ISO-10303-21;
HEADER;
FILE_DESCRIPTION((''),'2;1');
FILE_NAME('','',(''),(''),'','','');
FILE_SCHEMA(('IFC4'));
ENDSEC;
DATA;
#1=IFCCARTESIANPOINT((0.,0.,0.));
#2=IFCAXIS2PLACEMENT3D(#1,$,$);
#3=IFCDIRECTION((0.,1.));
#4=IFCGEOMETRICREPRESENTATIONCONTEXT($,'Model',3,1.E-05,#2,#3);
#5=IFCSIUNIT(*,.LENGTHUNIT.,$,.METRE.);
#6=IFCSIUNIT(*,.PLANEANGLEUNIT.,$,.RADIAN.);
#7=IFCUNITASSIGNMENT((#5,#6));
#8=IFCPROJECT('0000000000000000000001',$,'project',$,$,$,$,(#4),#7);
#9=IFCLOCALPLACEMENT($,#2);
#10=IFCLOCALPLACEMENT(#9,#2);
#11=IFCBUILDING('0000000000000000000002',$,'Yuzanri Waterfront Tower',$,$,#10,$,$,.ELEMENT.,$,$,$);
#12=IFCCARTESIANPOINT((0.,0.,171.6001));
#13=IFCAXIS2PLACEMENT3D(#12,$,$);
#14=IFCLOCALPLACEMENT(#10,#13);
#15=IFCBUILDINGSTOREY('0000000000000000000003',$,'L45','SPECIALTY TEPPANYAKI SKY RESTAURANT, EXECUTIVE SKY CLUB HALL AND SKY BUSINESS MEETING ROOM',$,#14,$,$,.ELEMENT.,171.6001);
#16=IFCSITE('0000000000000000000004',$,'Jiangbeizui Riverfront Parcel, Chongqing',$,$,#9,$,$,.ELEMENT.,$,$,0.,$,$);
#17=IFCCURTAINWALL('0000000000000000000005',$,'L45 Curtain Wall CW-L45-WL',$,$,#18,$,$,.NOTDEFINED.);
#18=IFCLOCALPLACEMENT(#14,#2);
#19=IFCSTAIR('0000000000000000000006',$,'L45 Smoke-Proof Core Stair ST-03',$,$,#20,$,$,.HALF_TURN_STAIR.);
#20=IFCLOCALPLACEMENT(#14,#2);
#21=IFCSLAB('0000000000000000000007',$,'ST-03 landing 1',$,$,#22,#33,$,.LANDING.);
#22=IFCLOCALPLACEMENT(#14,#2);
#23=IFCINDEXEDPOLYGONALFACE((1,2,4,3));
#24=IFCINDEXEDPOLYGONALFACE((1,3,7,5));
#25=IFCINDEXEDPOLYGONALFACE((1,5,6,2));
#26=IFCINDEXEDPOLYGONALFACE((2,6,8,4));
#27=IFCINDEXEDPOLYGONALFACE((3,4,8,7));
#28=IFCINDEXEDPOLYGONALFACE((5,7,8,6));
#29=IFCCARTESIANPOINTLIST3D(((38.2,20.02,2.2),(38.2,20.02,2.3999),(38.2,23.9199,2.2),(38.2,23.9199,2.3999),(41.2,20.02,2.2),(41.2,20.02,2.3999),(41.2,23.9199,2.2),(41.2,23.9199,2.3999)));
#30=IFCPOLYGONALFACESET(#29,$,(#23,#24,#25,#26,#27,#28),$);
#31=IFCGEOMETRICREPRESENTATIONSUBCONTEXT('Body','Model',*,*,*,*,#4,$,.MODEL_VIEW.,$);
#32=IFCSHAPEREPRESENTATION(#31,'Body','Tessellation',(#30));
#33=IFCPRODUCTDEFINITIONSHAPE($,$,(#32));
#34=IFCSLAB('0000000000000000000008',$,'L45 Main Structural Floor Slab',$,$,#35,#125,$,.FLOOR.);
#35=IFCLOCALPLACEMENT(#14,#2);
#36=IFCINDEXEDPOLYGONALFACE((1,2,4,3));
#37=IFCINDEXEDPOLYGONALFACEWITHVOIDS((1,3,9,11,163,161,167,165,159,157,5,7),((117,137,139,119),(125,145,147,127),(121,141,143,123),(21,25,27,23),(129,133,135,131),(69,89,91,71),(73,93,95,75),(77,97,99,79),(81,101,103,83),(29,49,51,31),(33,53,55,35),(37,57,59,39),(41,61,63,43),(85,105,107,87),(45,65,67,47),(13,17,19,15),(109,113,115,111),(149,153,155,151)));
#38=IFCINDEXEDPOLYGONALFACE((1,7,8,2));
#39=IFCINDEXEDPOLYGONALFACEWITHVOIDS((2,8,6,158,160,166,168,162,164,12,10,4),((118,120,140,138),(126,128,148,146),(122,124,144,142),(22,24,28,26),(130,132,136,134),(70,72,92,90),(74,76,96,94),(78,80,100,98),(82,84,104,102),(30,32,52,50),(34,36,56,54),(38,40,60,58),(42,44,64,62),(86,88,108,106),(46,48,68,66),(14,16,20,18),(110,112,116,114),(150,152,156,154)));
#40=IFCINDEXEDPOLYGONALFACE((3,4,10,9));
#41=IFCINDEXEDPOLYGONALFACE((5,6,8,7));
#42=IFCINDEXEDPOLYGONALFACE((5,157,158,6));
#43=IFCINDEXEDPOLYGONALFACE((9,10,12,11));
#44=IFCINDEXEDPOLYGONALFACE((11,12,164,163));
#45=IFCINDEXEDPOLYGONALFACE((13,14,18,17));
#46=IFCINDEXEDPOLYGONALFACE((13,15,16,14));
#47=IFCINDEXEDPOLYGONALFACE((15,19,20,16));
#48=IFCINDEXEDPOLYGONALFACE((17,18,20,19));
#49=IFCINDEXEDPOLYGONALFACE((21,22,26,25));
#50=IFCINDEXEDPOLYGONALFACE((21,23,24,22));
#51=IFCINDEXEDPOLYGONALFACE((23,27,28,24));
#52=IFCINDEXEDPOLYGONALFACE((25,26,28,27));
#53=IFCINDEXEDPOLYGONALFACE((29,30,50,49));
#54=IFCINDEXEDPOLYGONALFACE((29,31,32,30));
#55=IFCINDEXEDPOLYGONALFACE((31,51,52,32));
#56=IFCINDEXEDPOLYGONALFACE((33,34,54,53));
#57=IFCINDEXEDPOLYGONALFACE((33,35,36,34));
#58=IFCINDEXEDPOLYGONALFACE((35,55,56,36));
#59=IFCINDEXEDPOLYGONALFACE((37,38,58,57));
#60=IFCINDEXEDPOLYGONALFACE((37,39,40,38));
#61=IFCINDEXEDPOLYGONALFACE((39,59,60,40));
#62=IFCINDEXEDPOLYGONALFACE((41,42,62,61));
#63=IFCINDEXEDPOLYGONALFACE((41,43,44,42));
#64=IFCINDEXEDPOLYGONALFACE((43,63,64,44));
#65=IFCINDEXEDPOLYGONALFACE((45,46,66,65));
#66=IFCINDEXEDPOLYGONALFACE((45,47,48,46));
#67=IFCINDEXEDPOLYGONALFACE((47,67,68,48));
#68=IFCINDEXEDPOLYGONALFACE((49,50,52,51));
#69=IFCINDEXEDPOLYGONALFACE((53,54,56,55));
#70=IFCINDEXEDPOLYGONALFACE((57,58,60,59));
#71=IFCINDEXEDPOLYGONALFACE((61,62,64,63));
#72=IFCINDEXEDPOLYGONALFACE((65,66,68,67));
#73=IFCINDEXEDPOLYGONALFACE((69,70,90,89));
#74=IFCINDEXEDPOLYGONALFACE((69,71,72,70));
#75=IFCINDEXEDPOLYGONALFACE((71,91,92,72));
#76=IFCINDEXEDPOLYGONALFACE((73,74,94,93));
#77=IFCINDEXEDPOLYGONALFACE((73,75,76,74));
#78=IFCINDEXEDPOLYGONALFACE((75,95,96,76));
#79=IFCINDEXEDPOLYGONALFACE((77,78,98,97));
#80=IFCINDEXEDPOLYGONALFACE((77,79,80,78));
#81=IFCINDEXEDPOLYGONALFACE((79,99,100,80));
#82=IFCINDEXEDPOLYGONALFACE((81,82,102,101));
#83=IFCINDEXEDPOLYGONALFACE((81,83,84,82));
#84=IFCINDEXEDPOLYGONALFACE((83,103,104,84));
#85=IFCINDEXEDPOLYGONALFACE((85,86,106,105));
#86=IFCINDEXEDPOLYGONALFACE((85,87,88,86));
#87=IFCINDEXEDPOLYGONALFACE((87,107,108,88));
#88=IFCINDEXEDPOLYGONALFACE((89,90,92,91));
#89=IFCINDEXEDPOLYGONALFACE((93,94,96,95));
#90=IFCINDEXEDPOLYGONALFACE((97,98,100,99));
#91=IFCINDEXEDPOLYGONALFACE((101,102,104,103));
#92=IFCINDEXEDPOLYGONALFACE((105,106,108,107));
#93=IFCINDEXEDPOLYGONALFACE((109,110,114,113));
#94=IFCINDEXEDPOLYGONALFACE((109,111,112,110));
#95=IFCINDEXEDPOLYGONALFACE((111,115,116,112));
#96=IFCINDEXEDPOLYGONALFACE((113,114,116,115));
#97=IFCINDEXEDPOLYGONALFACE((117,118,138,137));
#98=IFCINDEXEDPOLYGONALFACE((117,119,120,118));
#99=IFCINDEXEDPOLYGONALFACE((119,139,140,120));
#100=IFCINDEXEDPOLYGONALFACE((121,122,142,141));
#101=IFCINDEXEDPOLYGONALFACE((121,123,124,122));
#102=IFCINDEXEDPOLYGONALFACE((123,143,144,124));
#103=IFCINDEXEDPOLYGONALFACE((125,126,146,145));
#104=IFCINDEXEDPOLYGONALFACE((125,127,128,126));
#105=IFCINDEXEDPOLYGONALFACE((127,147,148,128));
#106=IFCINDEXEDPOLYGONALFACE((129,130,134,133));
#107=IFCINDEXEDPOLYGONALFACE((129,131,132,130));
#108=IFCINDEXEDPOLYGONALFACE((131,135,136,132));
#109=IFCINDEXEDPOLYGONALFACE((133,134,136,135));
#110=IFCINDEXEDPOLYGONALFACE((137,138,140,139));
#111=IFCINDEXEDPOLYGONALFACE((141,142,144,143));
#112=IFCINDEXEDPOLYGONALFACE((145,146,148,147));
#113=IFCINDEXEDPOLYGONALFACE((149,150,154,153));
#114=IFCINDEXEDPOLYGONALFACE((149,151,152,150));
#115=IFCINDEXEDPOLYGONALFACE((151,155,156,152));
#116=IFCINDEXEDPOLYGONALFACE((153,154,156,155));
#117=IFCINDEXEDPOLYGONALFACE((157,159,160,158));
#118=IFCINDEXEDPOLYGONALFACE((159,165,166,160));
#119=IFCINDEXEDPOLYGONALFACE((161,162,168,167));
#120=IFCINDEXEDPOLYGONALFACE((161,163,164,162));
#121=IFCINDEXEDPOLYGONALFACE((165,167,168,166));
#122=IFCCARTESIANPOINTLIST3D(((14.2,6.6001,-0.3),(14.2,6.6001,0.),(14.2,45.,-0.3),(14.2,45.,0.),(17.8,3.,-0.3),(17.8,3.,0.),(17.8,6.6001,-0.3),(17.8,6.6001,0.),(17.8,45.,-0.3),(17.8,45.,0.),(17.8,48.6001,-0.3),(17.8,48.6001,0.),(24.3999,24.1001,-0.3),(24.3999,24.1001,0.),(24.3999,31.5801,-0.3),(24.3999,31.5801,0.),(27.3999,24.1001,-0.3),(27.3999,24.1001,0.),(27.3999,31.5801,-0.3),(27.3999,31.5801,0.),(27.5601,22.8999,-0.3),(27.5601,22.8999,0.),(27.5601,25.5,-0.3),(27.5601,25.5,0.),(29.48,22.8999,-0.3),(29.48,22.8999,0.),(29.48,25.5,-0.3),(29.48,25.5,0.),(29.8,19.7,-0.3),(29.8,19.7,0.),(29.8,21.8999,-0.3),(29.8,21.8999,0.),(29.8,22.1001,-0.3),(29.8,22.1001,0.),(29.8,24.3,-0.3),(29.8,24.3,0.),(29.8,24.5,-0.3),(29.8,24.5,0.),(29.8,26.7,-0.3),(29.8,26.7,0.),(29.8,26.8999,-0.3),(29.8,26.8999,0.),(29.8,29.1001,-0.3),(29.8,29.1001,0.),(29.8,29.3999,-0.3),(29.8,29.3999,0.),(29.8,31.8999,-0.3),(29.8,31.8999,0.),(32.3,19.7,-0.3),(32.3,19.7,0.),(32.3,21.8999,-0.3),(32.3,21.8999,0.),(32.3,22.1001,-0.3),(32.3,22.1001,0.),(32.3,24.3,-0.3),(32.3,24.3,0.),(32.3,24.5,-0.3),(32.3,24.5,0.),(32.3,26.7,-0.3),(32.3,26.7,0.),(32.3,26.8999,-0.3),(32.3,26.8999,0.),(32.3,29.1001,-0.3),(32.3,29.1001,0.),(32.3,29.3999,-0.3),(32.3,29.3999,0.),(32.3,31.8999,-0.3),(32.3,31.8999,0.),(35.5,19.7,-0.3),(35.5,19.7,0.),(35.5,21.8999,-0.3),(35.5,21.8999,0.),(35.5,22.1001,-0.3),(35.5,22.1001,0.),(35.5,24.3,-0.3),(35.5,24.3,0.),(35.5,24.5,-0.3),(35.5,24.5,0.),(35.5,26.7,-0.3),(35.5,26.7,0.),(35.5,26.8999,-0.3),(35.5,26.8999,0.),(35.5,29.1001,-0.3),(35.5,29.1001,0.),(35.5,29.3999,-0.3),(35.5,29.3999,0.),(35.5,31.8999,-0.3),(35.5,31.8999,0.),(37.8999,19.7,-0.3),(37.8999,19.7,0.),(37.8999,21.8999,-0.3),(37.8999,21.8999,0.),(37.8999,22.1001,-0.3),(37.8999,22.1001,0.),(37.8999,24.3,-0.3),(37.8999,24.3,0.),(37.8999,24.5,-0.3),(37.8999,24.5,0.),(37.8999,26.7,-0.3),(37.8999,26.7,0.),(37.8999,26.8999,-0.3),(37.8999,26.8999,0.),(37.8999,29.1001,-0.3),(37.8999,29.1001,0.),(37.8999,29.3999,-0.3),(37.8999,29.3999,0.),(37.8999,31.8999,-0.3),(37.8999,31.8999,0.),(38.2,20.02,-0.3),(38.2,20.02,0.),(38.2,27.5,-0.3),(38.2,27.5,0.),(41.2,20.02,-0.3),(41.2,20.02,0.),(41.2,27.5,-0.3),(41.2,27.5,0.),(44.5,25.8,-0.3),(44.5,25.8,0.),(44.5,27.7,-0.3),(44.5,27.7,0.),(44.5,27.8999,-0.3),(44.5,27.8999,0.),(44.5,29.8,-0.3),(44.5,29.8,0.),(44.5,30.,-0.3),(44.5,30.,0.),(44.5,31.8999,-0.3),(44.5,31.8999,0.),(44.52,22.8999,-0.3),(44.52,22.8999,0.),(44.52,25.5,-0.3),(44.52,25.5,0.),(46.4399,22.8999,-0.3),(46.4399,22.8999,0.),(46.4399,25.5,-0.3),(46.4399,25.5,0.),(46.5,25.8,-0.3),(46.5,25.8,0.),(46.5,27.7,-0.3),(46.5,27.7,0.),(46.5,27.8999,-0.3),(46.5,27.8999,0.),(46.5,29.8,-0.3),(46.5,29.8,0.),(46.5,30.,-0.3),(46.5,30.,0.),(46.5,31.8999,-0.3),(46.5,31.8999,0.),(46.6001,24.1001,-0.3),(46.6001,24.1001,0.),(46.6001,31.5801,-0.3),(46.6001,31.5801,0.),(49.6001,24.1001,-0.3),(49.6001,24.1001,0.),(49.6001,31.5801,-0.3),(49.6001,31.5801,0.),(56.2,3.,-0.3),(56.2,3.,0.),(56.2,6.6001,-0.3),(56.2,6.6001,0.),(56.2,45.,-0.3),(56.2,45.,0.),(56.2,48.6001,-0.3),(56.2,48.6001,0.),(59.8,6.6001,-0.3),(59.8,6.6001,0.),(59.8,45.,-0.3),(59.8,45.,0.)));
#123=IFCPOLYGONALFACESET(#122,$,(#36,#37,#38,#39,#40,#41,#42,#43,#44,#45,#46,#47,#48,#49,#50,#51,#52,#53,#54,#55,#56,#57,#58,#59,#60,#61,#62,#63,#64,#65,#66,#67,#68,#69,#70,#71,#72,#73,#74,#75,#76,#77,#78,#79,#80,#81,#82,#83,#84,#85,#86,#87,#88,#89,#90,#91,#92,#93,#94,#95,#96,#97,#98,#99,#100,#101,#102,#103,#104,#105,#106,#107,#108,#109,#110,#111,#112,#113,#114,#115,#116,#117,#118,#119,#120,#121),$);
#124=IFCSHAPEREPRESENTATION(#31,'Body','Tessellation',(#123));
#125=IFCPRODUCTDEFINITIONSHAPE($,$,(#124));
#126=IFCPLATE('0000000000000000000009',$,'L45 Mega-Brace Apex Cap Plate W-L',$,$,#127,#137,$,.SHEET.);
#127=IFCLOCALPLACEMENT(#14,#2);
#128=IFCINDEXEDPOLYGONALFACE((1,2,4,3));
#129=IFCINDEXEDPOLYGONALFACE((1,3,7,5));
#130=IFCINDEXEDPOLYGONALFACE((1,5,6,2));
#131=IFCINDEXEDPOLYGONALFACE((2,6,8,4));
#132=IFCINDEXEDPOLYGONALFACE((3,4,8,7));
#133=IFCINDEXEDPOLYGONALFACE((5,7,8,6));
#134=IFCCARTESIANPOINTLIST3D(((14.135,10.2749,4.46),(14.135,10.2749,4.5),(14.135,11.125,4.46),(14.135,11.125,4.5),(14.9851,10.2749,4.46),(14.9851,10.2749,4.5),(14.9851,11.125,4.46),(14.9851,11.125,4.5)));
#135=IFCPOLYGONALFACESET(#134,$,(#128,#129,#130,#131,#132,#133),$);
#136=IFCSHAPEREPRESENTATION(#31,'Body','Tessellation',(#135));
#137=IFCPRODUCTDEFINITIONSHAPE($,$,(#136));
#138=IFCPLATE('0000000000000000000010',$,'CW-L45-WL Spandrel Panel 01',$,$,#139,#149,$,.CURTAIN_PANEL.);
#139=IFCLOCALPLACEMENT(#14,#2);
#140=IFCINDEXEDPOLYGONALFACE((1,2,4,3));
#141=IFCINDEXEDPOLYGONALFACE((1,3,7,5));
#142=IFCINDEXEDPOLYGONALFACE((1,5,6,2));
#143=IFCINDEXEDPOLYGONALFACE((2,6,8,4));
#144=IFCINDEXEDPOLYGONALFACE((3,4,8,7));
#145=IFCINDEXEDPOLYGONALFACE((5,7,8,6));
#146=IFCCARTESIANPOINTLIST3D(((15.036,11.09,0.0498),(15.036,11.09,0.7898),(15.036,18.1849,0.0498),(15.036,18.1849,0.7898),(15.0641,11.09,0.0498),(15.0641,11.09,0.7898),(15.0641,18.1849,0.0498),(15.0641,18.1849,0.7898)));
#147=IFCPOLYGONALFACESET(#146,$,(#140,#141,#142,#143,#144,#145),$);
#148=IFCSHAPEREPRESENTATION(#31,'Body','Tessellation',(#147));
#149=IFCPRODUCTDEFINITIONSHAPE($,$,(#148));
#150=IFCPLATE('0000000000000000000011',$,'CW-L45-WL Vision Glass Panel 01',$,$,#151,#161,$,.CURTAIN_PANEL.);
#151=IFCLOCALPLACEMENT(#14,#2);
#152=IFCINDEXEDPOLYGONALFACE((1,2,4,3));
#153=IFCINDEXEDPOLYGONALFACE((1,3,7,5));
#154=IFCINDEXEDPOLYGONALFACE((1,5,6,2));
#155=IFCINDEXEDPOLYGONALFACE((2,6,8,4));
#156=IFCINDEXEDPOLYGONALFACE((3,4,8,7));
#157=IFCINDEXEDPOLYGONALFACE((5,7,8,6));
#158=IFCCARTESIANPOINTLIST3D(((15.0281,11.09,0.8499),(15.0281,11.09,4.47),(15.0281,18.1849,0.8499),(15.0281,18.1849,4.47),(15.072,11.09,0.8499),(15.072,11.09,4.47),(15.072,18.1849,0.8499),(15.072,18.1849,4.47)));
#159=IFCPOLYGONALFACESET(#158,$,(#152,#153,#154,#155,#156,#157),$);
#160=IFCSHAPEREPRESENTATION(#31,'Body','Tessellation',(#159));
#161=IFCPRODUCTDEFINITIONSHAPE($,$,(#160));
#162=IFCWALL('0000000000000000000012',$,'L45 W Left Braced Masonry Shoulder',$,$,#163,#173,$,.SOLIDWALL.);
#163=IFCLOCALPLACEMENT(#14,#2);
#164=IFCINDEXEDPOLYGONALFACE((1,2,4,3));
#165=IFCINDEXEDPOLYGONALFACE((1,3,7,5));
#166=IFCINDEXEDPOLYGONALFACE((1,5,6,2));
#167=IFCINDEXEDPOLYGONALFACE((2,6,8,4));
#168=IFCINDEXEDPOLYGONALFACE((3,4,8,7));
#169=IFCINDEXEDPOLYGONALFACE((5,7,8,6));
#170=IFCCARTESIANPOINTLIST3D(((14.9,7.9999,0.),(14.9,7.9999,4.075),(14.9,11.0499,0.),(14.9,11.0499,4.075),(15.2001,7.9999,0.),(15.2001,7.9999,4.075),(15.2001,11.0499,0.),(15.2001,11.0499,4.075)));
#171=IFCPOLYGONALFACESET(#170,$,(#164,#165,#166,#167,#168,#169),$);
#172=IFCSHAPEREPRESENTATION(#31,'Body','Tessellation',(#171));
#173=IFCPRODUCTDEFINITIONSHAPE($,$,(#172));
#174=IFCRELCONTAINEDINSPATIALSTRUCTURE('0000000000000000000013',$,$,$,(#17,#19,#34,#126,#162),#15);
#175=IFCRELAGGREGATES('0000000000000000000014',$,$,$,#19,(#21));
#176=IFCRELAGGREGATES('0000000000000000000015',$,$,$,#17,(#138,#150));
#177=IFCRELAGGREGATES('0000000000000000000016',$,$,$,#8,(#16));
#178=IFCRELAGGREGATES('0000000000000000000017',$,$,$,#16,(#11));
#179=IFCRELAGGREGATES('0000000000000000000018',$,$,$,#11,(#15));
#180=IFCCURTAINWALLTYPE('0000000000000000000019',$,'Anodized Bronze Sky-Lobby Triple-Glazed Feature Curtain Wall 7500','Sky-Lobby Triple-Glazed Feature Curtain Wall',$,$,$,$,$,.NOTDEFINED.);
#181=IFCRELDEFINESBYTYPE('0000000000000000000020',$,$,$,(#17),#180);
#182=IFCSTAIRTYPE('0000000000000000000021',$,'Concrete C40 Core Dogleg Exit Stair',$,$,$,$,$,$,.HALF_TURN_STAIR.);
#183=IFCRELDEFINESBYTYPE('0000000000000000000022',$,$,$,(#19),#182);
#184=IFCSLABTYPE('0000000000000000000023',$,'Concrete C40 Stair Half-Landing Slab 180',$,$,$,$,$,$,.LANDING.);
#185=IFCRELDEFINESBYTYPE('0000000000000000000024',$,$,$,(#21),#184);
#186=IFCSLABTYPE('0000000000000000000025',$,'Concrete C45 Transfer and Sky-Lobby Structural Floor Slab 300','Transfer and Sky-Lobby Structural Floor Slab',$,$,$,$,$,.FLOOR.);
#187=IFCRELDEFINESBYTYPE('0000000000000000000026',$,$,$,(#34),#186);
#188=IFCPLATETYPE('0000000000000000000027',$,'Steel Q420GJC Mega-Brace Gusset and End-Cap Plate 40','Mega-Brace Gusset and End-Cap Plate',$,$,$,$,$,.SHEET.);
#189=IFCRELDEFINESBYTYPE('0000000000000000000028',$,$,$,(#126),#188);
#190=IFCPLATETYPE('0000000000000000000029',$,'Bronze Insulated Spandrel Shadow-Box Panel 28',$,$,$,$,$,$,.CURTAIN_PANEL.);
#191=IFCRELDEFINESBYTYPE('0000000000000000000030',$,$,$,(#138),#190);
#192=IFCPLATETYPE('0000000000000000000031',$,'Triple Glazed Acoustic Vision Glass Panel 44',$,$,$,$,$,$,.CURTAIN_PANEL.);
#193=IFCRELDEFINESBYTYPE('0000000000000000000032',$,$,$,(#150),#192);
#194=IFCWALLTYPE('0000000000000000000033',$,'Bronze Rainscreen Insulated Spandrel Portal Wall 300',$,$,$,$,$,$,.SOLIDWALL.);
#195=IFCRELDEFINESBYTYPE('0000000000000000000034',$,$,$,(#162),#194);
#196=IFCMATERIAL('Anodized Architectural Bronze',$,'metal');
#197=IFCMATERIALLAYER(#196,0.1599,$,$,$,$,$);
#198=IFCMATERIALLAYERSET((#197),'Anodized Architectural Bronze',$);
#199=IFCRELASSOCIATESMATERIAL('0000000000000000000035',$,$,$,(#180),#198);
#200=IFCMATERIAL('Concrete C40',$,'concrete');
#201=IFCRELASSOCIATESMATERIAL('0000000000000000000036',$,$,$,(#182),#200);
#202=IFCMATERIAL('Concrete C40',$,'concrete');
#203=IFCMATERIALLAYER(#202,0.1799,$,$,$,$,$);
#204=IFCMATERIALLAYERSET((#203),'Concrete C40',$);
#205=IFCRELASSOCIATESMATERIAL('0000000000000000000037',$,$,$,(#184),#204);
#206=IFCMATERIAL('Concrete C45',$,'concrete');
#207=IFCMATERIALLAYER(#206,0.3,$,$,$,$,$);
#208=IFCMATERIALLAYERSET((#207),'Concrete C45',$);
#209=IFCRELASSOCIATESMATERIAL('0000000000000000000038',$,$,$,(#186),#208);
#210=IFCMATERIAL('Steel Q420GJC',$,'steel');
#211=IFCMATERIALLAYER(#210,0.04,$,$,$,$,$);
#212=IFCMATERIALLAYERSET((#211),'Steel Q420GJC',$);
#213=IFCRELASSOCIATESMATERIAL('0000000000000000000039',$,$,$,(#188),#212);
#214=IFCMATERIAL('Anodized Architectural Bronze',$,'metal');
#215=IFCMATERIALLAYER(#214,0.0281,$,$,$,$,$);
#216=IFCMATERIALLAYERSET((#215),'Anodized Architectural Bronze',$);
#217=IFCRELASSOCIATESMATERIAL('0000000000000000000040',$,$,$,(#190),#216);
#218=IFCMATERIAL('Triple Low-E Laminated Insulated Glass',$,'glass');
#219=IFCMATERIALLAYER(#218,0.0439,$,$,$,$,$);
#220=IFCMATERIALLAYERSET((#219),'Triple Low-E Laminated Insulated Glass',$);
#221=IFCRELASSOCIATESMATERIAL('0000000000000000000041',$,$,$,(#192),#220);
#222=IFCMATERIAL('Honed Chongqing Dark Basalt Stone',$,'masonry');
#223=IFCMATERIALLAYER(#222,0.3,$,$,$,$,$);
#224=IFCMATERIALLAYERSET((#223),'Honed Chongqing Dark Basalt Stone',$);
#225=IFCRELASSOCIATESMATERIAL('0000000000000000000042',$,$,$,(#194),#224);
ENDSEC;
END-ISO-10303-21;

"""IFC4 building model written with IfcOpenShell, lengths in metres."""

from ifc_helpers import new_model, si_unit, direction, frame, frame_2d, origin, origin_2d, place, context, subcontext, project, spatial, polyline, rectangle, outline, extrude, source, transform, mapped, material, layer, layer_set, type_object, element, aggregate, save


model = new_model("IFC4")

# Units and contexts
model_context = context("Model", 3, precision=1e-05, world=origin(), true_north=direction((0.0, 1.0)))
body_context = subcontext(model_context, "Body", "Model", "MODEL_VIEW")
ifc_project = project(units=[si_unit("LENGTHUNIT", "METRE"), si_unit("PLANEANGLEUNIT", "RADIAN")], contexts=[model_context])

# Site, building, storey
site_placement = place(None, origin())
site = spatial("IfcSite", under=ifc_project, at=site_placement, Name="Jiangbeizui Riverfront Parcel, Chongqing", CompositionType="ELEMENT", RefElevation=0.0)
building_placement = place(site_placement, origin())
building = spatial("IfcBuilding", under=site, at=building_placement, Name="Yuzanri Waterfront Tower", CompositionType="ELEMENT")
storey_placement = place(building_placement, frame((0.0, 0.0, 171.6001)))
storey = spatial("IfcBuildingStorey", under=building, at=storey_placement, Name="L45", Description="SPECIALTY TEPPANYAKI SKY RESTAURANT, EXECUTIVE SKY CLUB HALL AND SKY BUSINESS MEETING ROOM", CompositionType="ELEMENT", Elevation=171.6001)

# Curtain wall
ifc_material_1 = material(Name="Anodized Architectural Bronze", Category="metal")
ifc_layer_1 = layer(ifc_material_1, 0.1599)
ifc_layer_set_1 = layer_set([ifc_layer_1], Name="Anodized Architectural Bronze")
curtain_wall_type = type_object("IfcCurtainWallType", Name="Anodized Bronze Sky-Lobby Triple-Glazed Feature Curtain Wall 7500", Description="Sky-Lobby Triple-Glazed Feature Curtain Wall", PredefinedType="NOTDEFINED", material=ifc_layer_set_1)
curtain_wall_placement = place(storey_placement, origin())
curtain_wall = element("IfcCurtainWall", 1, at=curtain_wall_placement, inside=storey, type_object=curtain_wall_type, Name="L45 Curtain Wall CW-L45-WL", PredefinedType="NOTDEFINED")

# Stair, slab
ifc_material_2 = material(Name="Concrete C40", Category="concrete")
stair_type = type_object("IfcStairType", Name="Concrete C40 Core Dogleg Exit Stair", PredefinedType="HALF_TURN_STAIR", material=ifc_material_2)
ifc_material_3 = material(Name="Concrete C40", Category="concrete")
ifc_layer_2 = layer(ifc_material_3, 0.1799)
ifc_layer_set_2 = layer_set([ifc_layer_2], Name="Concrete C40")
slab_type_1 = type_object("IfcSlabType", Name="Concrete C40 Stair Half-Landing Slab 180", PredefinedType="LANDING", material=ifc_layer_set_2)
stair_1_placement = place(storey_placement, origin())
stair_1 = element("IfcStair", 2, at=stair_1_placement, inside=storey, type_object=stair_type, Name="L45 Smoke-Proof Core Stair ST-03", PredefinedType="HALF_TURN_STAIR")
slab_1_placement = place(storey_placement, frame((0.0, 0.0, 2.2)))
slab_1 = element("IfcSlab", 3, at=slab_1_placement, type_object=slab_type_1, Name="ST-03 landing 1", PredefinedType="LANDING", context=body_context, shape_type="SweptSolid", body=[
    extrude(outline(polyline([(38.2, 23.9199), (38.2, 20.02), (41.2, 20.02), (41.2, 23.9199), (38.2, 23.9199)])), origin(), (0.0, 0.0, 1.0), 0.2),
])
aggregate(stair_1, [slab_1])

# Slab
ifc_material_4 = material(Name="Concrete C45", Category="concrete")
ifc_layer_3 = layer(ifc_material_4, 0.3)
ifc_layer_set_3 = layer_set([ifc_layer_3], Name="Concrete C45")
slab_type_2 = type_object("IfcSlabType", Name="Concrete C45 Transfer and Sky-Lobby Structural Floor Slab 300", Description="Transfer and Sky-Lobby Structural Floor Slab", PredefinedType="FLOOR", material=ifc_layer_set_3)
slab_2_placement = place(storey_placement, frame((0.0, 0.0, -0.3)))
element("IfcSlab", 4, at=slab_2_placement, inside=storey, type_object=slab_type_2, Name="L45 Main Structural Floor Slab", PredefinedType="FLOOR", context=body_context, shape_type="SweptSolid", body=[
    extrude(outline(polyline([(17.8, 3.0), (56.2, 3.0), (56.2, 6.6001), (59.8, 6.6001), (59.8, 45.0), (56.2, 45.0), (56.2, 48.6001), (17.8, 48.6001), (17.8, 45.0), (14.2, 45.0), (14.2, 6.6001), (17.8, 6.6001), (17.8, 3.0)]), holes=[polyline([(27.3999, 24.1001), (27.3999, 31.5801), (24.3999, 31.5801), (24.3999, 24.1001), (27.3999, 24.1001)]), polyline([(49.6001, 24.1001), (49.6001, 31.5801), (46.6001, 31.5801), (46.6001, 24.1001), (49.6001, 24.1001)]), polyline([(38.2, 27.5), (38.2, 20.02), (41.2, 20.02), (41.2, 27.5), (38.2, 27.5)]), polyline([(27.5601, 22.8999), (29.48, 22.8999), (29.48, 25.5), (27.5601, 25.5), (27.5601, 22.8999)]), polyline([(44.52, 22.8999), (46.4399, 22.8999), (46.4399, 25.5), (44.52, 25.5), (44.52, 22.8999)]), polyline([(29.8, 19.7), (32.3, 19.7), (32.3, 21.8999), (29.8, 21.8999), (29.8, 19.7)]), polyline([(29.8, 22.1001), (32.3, 22.1001), (32.3, 24.3), (29.8, 24.3), (29.8, 22.1001)]), polyline([(29.8, 24.5), (32.3, 24.5), (32.3, 26.7), (29.8, 26.7), (29.8, 24.5)]), polyline([(29.8, 26.8999), (32.3, 26.8999), (32.3, 29.1001), (29.8, 29.1001), (29.8, 26.8999)]), polyline([(29.8, 29.3999), (32.3, 29.3999), (32.3, 31.8999), (29.8, 31.8999), (29.8, 29.3999)]), polyline([(35.5, 19.7), (37.8999, 19.7), (37.8999, 21.8999), (35.5, 21.8999), (35.5, 19.7)]), polyline([(35.5, 22.1001), (37.8999, 22.1001), (37.8999, 24.3), (35.5, 24.3), (35.5, 22.1001)]), polyline([(35.5, 24.5), (37.8999, 24.5), (37.8999, 26.7), (35.5, 26.7), (35.5, 24.5)]), polyline([(35.5, 26.8999), (37.8999, 26.8999), (37.8999, 29.1001), (35.5, 29.1001), (35.5, 26.8999)]), polyline([(35.5, 29.3999), (37.8999, 29.3999), (37.8999, 31.8999), (35.5, 31.8999), (35.5, 29.3999)]), polyline([(44.5, 25.8), (46.5, 25.8), (46.5, 27.7), (44.5, 27.7), (44.5, 25.8)]), polyline([(44.5, 27.8999), (46.5, 27.8999), (46.5, 29.8), (44.5, 29.8), (44.5, 27.8999)]), polyline([(44.5, 30.0), (46.5, 30.0), (46.5, 31.8999), (44.5, 31.8999), (44.5, 30.0)])]), origin(), (0.0, 0.0, 1.0), 0.3),
])

# Plates
ifc_material_5 = material(Name="Steel Q420GJC", Category="steel")
ifc_layer_4 = layer(ifc_material_5, 0.04)
ifc_layer_set_4 = layer_set([ifc_layer_4], Name="Steel Q420GJC")
plate_type_1 = type_object("IfcPlateType", Name="Steel Q420GJC Mega-Brace Gusset and End-Cap Plate 40", Description="Mega-Brace Gusset and End-Cap Plate", PredefinedType="SHEET", material=ifc_layer_set_4)
shared_shape_1 = source(origin(), body_context, "Body", "SweptSolid", [
    extrude(rectangle(XDim=0.8501, YDim=0.8501, at=origin_2d()), origin(), (0.0, 0.0, 1.0), 0.04),
])
plate_1_placement = place(storey_placement, frame((14.5601, 10.7, 4.46), z_axis=(0.0, 0.0, 1.0), x_axis=(1.0, 0.0, 0.0)))
element("IfcPlate", 5, at=plate_1_placement, inside=storey, type_object=plate_type_1, Name="L45 Mega-Brace Apex Cap Plate W-L", PredefinedType="SHEET", context=body_context, shape_type="MappedRepresentation", body=[
    mapped(shared_shape_1, transform((0.0, 0.0, 0.0), scale=1.0)),
])
ifc_material_6 = material(Name="Anodized Architectural Bronze", Category="metal")
ifc_layer_5 = layer(ifc_material_6, 0.0281)
ifc_layer_set_5 = layer_set([ifc_layer_5], Name="Anodized Architectural Bronze")
plate_type_2 = type_object("IfcPlateType", Name="Bronze Insulated Spandrel Shadow-Box Panel 28", PredefinedType="CURTAIN_PANEL", material=ifc_layer_set_5)
shared_shape_2 = source(origin(), body_context, "Body", "SweptSolid", [
    extrude(rectangle(XDim=7.095, YDim=0.0281, at=origin_2d()), origin(), (0.0, 0.0, 1.0), 0.74),
])
plate_2_placement = place(storey_placement, frame((15.05, 14.6375, 0.0498), z_axis=(0.0, 0.0, 1.0), x_axis=(0.0, 1.0, 0.0)))
plate_2 = element("IfcPlate", 6, at=plate_2_placement, type_object=plate_type_2, Name="CW-L45-WL Spandrel Panel 01", PredefinedType="CURTAIN_PANEL", context=body_context, shape_type="MappedRepresentation", body=[
    mapped(shared_shape_2, transform((0.0, 0.0, 0.0), scale=1.0)),
])
ifc_material_7 = material(Name="Triple Low-E Laminated Insulated Glass", Category="glass")
ifc_layer_6 = layer(ifc_material_7, 0.0439)
ifc_layer_set_6 = layer_set([ifc_layer_6], Name="Triple Low-E Laminated Insulated Glass")
plate_type_3 = type_object("IfcPlateType", Name="Triple Glazed Acoustic Vision Glass Panel 44", PredefinedType="CURTAIN_PANEL", material=ifc_layer_set_6)
shared_shape_3 = source(origin(), body_context, "Body", "SweptSolid", [
    extrude(rectangle(XDim=7.095, YDim=0.0439, at=origin_2d()), origin(), (0.0, 0.0, 1.0), 3.6201),
])
plate_3_placement = place(storey_placement, frame((15.05, 14.6375, 0.8499), z_axis=(0.0, 0.0, 1.0), x_axis=(0.0, 1.0, 0.0)))
plate_3 = element("IfcPlate", 7, at=plate_3_placement, type_object=plate_type_3, Name="CW-L45-WL Vision Glass Panel 01", PredefinedType="CURTAIN_PANEL", context=body_context, shape_type="MappedRepresentation", body=[
    mapped(shared_shape_3, transform((0.0, 0.0, 0.0), scale=1.0)),
])
aggregate(curtain_wall, [plate_2, plate_3])

# Wall
ifc_material_8 = material(Name="Honed Chongqing Dark Basalt Stone", Category="masonry")
ifc_layer_7 = layer(ifc_material_8, 0.3)
ifc_layer_set_7 = layer_set([ifc_layer_7], Name="Honed Chongqing Dark Basalt Stone")
wall_type = type_object("IfcWallType", Name="Bronze Rainscreen Insulated Spandrel Portal Wall 300", PredefinedType="SOLIDWALL", material=ifc_layer_set_7)
shared_shape_4 = source(origin(), body_context, "Body", "SweptSolid", [
    extrude(rectangle(XDim=3.05, YDim=0.3, at=frame_2d((1.5249, 0.0))), origin(), (0.0, 0.0, 1.0), 4.075),
])
wall_placement = place(storey_placement, frame((15.05, 8.0, 0.0), z_axis=(0.0, 0.0, 1.0), x_axis=(0.0, 1.0, 0.0)))
element("IfcWall", 8, at=wall_placement, inside=storey, type_object=wall_type, Name="L45 W Left Braced Masonry Shoulder", PredefinedType="SOLIDWALL", context=body_context, shape_type="MappedRepresentation", body=[
    mapped(shared_shape_4, transform((0.0, 0.0, 0.0), scale=1.0)),
])

save(model, "model.ifc")
